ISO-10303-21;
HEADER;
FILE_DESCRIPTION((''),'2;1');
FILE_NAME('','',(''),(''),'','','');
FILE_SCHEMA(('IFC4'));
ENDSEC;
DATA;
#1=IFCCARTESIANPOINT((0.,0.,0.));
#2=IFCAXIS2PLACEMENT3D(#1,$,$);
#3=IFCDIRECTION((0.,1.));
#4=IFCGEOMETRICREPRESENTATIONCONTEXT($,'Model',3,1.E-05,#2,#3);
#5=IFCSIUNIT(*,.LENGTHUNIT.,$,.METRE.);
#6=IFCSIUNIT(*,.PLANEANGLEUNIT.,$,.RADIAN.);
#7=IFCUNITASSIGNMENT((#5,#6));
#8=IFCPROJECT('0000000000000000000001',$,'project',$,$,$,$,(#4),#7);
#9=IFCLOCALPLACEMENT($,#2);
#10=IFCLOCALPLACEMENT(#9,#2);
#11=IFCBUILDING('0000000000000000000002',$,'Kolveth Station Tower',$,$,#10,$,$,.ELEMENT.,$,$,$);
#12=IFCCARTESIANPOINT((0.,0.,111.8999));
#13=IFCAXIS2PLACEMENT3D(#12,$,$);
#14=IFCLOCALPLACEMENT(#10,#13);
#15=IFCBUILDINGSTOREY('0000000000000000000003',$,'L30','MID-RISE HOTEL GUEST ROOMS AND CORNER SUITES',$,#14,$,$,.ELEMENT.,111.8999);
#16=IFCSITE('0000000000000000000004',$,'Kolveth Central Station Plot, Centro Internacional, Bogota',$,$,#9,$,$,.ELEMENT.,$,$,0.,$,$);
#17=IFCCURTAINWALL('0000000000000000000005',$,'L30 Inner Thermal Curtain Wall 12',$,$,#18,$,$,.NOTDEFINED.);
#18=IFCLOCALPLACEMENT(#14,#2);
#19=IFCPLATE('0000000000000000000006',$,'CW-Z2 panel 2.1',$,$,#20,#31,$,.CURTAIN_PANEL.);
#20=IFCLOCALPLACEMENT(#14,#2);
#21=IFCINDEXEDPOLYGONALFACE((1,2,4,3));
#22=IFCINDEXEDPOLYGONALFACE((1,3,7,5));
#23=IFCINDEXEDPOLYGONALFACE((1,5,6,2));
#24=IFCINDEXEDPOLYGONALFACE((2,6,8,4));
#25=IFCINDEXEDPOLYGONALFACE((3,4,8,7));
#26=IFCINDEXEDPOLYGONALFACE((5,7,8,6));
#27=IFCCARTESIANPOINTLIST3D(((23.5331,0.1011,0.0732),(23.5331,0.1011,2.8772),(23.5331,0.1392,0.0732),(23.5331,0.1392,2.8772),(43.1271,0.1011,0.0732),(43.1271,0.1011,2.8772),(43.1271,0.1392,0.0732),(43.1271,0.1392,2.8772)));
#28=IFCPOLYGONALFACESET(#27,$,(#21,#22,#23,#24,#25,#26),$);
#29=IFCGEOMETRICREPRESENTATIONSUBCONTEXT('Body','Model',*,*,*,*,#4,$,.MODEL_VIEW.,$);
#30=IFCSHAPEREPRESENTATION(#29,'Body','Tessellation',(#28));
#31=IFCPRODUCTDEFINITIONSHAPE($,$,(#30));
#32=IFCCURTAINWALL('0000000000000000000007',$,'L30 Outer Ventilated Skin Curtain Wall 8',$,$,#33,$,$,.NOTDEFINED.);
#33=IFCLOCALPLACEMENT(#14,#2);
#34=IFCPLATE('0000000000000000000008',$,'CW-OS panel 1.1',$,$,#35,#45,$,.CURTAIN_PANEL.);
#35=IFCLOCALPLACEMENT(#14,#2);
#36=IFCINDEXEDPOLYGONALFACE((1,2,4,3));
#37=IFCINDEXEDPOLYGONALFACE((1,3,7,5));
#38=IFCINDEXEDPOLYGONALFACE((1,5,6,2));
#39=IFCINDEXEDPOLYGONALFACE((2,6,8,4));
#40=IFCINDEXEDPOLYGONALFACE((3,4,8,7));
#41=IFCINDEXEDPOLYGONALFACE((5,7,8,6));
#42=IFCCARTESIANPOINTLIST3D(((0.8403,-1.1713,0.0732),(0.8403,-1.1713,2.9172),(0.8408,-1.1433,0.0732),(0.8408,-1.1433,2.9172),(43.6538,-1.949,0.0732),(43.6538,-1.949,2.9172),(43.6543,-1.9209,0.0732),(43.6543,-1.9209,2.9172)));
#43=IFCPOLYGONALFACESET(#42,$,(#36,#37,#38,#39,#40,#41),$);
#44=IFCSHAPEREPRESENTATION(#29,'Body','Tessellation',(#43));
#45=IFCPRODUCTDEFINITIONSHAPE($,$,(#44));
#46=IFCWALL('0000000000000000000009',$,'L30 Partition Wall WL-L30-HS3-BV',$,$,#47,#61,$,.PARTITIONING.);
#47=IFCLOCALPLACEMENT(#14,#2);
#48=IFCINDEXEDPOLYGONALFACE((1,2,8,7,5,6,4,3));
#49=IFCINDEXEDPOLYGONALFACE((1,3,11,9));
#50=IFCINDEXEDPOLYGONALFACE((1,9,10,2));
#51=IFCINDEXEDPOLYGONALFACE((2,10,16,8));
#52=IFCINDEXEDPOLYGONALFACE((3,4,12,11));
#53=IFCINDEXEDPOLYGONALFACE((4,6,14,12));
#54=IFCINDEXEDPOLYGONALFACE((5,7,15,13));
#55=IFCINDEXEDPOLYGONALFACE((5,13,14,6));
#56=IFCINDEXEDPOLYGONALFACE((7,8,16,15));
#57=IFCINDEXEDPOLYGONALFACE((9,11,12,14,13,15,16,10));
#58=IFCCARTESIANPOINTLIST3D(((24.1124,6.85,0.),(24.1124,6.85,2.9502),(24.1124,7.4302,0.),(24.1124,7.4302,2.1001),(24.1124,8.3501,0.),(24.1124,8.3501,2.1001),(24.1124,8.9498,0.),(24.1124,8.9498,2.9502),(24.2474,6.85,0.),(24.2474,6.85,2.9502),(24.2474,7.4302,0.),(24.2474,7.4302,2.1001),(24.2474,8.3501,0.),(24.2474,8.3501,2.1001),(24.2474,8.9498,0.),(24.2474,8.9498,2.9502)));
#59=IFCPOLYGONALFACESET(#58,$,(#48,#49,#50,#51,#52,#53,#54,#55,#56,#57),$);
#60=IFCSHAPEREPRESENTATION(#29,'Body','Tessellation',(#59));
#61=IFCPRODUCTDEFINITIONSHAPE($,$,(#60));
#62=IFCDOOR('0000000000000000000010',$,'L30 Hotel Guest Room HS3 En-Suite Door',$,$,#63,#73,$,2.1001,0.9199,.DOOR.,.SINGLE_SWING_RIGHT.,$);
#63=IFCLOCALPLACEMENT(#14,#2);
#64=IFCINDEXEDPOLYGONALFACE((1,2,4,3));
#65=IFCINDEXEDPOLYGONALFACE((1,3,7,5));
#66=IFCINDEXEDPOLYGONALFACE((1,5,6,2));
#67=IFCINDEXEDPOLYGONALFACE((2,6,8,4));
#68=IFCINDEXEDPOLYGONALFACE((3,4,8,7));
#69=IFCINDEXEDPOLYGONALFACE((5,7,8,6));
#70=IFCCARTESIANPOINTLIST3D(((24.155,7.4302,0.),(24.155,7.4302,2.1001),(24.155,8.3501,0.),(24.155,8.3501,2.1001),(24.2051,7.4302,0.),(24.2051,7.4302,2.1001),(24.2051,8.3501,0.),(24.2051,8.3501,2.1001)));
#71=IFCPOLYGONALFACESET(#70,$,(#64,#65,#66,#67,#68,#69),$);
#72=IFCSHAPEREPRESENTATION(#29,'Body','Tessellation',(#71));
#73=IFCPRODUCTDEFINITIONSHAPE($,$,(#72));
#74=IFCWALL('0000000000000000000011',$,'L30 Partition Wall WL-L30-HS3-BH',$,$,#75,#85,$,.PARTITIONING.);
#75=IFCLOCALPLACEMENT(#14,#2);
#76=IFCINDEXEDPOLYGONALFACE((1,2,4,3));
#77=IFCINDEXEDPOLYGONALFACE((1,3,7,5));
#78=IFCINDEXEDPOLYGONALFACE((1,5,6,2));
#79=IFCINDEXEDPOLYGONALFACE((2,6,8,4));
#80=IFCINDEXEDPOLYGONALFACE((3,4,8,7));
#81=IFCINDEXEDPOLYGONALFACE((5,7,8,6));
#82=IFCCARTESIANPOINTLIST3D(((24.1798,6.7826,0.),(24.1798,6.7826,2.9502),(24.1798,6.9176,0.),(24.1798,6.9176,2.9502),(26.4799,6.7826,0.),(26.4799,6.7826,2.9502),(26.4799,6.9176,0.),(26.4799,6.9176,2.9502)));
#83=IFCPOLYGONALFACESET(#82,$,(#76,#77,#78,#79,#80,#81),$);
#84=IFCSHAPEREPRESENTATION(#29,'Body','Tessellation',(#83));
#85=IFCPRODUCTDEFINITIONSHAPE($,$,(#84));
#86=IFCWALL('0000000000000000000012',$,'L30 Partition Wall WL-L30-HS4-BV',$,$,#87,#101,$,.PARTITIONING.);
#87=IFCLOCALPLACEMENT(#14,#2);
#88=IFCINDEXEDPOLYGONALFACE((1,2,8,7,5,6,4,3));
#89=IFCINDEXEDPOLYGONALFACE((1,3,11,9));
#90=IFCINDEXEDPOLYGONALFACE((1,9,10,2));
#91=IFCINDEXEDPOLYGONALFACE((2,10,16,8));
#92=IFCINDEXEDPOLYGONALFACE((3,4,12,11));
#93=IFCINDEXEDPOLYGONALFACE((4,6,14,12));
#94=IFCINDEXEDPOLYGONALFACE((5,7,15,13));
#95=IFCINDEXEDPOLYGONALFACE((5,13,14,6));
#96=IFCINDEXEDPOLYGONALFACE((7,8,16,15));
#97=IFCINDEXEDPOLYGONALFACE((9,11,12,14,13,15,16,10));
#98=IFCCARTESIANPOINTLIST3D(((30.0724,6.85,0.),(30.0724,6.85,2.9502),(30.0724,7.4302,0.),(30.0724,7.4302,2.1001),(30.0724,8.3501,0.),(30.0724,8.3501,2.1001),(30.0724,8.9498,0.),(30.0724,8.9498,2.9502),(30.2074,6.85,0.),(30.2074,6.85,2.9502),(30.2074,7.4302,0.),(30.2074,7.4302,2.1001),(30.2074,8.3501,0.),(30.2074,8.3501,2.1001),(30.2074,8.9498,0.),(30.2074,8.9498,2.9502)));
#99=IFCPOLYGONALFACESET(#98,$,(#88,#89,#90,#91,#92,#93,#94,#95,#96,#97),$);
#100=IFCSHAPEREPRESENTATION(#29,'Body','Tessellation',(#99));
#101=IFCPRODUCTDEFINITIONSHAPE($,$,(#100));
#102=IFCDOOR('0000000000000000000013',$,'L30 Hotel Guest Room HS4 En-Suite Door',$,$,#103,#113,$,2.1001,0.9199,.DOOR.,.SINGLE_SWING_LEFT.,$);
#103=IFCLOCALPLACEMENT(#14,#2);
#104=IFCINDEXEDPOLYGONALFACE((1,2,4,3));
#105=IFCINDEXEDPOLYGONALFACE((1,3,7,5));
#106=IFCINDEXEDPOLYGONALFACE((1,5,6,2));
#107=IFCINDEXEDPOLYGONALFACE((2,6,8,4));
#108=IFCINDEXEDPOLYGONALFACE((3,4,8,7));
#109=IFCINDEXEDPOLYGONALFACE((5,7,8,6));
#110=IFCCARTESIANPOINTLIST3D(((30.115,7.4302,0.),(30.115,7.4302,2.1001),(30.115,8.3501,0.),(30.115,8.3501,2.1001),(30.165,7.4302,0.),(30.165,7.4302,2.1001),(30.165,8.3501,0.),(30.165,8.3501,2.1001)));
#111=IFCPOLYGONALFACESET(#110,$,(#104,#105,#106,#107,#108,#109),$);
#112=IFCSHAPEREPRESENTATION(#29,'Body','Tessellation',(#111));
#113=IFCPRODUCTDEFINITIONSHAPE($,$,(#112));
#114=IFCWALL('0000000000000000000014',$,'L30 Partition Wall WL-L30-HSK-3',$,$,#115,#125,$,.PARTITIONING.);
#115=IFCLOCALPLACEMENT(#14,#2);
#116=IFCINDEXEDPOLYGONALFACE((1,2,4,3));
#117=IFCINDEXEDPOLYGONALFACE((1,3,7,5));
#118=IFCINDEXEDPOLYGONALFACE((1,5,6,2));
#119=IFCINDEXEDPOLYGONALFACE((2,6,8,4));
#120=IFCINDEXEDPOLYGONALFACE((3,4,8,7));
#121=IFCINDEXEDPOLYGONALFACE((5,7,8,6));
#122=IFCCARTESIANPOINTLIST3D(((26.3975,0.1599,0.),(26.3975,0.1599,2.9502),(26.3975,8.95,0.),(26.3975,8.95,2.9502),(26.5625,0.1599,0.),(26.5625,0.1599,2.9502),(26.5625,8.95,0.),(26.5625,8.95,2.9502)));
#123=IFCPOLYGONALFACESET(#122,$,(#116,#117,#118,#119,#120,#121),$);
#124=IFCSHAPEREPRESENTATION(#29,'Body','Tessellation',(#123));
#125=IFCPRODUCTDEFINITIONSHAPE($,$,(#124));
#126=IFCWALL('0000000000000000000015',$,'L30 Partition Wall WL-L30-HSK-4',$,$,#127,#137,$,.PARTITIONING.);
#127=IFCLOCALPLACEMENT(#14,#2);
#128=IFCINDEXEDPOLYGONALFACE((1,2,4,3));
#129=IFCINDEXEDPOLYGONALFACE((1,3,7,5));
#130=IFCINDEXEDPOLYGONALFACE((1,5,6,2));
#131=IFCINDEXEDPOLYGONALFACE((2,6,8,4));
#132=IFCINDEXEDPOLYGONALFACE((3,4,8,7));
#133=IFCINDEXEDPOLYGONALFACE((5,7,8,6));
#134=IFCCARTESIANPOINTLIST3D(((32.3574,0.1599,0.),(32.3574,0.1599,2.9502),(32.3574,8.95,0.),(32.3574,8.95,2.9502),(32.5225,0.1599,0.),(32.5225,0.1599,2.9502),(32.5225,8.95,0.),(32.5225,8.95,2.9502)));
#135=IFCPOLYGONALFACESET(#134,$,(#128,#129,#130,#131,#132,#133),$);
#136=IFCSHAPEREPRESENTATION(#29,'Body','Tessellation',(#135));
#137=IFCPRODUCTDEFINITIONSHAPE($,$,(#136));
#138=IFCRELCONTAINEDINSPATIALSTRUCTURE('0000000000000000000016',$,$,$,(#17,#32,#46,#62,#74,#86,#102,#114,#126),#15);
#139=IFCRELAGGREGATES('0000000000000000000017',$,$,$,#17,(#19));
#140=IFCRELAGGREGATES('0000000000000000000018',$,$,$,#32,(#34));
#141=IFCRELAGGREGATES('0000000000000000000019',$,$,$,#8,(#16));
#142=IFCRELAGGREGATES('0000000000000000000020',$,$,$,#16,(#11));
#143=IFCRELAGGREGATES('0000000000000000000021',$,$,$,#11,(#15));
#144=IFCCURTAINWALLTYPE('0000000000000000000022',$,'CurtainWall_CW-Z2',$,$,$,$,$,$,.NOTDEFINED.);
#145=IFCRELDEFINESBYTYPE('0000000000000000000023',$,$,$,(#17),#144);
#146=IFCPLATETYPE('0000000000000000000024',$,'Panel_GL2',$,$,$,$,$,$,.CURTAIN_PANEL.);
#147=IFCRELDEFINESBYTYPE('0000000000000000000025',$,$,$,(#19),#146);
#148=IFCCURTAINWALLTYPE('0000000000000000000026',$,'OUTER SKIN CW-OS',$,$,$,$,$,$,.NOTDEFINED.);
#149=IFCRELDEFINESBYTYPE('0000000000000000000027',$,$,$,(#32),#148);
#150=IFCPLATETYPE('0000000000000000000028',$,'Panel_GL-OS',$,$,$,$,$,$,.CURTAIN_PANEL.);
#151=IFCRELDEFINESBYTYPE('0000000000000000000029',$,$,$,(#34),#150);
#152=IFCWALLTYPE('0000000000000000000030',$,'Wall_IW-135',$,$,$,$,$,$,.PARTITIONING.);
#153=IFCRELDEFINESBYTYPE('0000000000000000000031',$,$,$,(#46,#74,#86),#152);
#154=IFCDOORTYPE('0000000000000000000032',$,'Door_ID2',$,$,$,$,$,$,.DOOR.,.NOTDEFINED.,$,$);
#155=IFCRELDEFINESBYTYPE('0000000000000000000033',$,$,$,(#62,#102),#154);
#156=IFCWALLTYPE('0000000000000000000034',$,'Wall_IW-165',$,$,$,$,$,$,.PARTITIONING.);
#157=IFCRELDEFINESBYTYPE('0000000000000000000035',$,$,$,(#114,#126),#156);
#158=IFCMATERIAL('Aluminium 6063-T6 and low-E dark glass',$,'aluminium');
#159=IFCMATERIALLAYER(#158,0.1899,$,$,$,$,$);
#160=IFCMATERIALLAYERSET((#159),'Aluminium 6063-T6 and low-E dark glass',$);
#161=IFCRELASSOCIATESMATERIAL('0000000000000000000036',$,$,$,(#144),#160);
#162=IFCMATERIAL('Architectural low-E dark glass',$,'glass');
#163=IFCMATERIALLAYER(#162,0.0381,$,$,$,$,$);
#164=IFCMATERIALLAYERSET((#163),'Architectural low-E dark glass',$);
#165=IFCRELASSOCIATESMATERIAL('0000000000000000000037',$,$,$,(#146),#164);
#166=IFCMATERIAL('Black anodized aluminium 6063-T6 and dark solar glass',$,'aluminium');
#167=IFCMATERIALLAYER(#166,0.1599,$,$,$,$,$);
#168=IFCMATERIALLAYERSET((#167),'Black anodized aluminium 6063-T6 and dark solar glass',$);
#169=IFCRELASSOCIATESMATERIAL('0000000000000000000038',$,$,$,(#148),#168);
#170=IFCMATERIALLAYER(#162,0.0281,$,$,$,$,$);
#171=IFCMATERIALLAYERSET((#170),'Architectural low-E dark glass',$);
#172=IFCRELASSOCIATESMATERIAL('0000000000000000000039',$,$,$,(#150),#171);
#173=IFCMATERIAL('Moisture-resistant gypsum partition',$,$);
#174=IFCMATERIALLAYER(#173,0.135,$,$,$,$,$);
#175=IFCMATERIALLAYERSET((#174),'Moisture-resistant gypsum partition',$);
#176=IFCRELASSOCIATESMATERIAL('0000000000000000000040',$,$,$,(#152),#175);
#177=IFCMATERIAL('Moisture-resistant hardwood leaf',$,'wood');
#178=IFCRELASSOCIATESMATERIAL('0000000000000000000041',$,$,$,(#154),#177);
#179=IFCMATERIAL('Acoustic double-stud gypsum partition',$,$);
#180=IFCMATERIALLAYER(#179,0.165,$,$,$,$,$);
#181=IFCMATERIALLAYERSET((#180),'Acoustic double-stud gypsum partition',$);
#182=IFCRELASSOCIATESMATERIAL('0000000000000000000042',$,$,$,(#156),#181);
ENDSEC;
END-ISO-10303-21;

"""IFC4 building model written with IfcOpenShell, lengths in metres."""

from ifc_helpers import new_model, si_unit, direction, frame, frame_2d, origin, origin_2d, place, context, subcontext, project, spatial, rectangle, extrude, source, transform, mapped, material, layer, layer_set, type_object, element, fill, aggregate, save


model = new_model("IFC4")

# Units and contexts
model_context = context("Model", 3, precision=1e-05, world=origin(), true_north=direction((0.0, 1.0)))
body_context = subcontext(model_context, "Body", "Model", "MODEL_VIEW")
ifc_project = project(units=[si_unit("LENGTHUNIT", "METRE"), si_unit("PLANEANGLEUNIT", "RADIAN")], contexts=[model_context])

# Site, building, storey
site_placement = place(None, origin())
site = spatial("IfcSite", under=ifc_project, at=site_placement, Name="Kolveth Central Station Plot, Centro Internacional, Bogota", CompositionType="ELEMENT", RefElevation=0.0)
building_placement = place(site_placement, origin())
building = spatial("IfcBuilding", under=site, at=building_placement, Name="Kolveth Station Tower", CompositionType="ELEMENT")
storey_placement = place(building_placement, frame((0.0, 0.0, 111.8999)))
storey = spatial("IfcBuildingStorey", under=building, at=storey_placement, Name="L30", Description="MID-RISE HOTEL GUEST ROOMS AND CORNER SUITES", CompositionType="ELEMENT", Elevation=111.8999)

# Curtain wall, plate
ifc_material_1 = material(Name="Aluminium 6063-T6 and low-E dark glass", Category="aluminium")
ifc_layer_1 = layer(ifc_material_1, 0.1899)
ifc_layer_set_1 = layer_set([ifc_layer_1], Name="Aluminium 6063-T6 and low-E dark glass")
curtain_wall_type_1 = type_object("IfcCurtainWallType", Name="CurtainWall_CW-Z2", PredefinedType="NOTDEFINED", material=ifc_layer_set_1)
curtain_wall_1_placement = place(storey_placement, origin())
curtain_wall_1 = element("IfcCurtainWall", 1, at=curtain_wall_1_placement, inside=storey, type_object=curtain_wall_type_1, Name="L30 Inner Thermal Curtain Wall 12", PredefinedType="NOTDEFINED")
ifc_material_2 = material(Name="Architectural low-E dark glass", Category="glass")
ifc_layer_2 = layer(ifc_material_2, 0.0381)
ifc_layer_set_2 = layer_set([ifc_layer_2], Name="Architectural low-E dark glass")
plate_type_1 = type_object("IfcPlateType", Name="Panel_GL2", PredefinedType="CURTAIN_PANEL", material=ifc_layer_set_2)
shared_shape_1 = source(origin(), body_context, "Body", "SweptSolid", [
    extrude(rectangle(XDim=19.594, YDim=0.0381, at=origin_2d()), origin(), (0.0, 0.0, 1.0), 2.804),
])
plate_1_placement = place(storey_placement, frame((33.3301, 0.1201, 0.0732), z_axis=(0.0, 0.0, 1.0), x_axis=(1.0, 0.0, 0.0)))
plate_1 = element("IfcPlate", 2, at=plate_1_placement, type_object=plate_type_1, Name="CW-Z2 panel 2.1", PredefinedType="CURTAIN_PANEL", context=body_context, shape_type="MappedRepresentation", body=[
    mapped(shared_shape_1, transform((0.0, 0.0, 0.0), x_axis=(1.0, 0.0, 0.0), y_axis=(0.0, 1.0, 0.0), z_axis=(0.0, 0.0, 1.0), scale=1.0)),
])
aggregate(curtain_wall_1, [plate_1])

# Curtain wall, plate
ifc_material_3 = material(Name="Black anodized aluminium 6063-T6 and dark solar glass", Category="aluminium")
ifc_layer_3 = layer(ifc_material_3, 0.1599)
ifc_layer_set_3 = layer_set([ifc_layer_3], Name="Black anodized aluminium 6063-T6 and dark solar glass")
curtain_wall_type_2 = type_object("IfcCurtainWallType", Name="OUTER SKIN CW-OS", PredefinedType="NOTDEFINED", material=ifc_layer_set_3)
curtain_wall_2_placement = place(storey_placement, origin())
curtain_wall_2 = element("IfcCurtainWall", 3, at=curtain_wall_2_placement, inside=storey, type_object=curtain_wall_type_2, Name="L30 Outer Ventilated Skin Curtain Wall 8", PredefinedType="NOTDEFINED")
ifc_layer_4 = layer(ifc_material_2, 0.0281)
ifc_layer_set_4 = layer_set([ifc_layer_4], Name="Architectural low-E dark glass")
plate_type_2 = type_object("IfcPlateType", Name="Panel_GL-OS", PredefinedType="CURTAIN_PANEL", material=ifc_layer_set_4)
shared_shape_2 = source(origin(), body_context, "Body", "SweptSolid", [
    extrude(rectangle(XDim=42.8206, YDim=0.0281, at=origin_2d()), origin(), (0.0, 0.0, 1.0), 2.844),
])
plate_2_placement = place(storey_placement, frame((22.2473, -1.5461, 0.0732), z_axis=(0.0, 0.0, 1.0), x_axis=(0.999835, -0.018161, 0.0)))
plate_2 = element("IfcPlate", 4, at=plate_2_placement, type_object=plate_type_2, Name="CW-OS panel 1.1", PredefinedType="CURTAIN_PANEL", context=body_context, shape_type="MappedRepresentation", body=[
    mapped(shared_shape_2, transform((0.0, 0.0, 0.0), x_axis=(1.0, 0.0, 0.0), y_axis=(0.0, 1.0, 0.0), z_axis=(0.0, 0.0, 1.0), scale=1.0)),
])
aggregate(curtain_wall_2, [plate_2])

# Wall, opening, door
ifc_material_4 = material(Name="Moisture-resistant gypsum partition")
ifc_layer_5 = layer(ifc_material_4, 0.135)
ifc_layer_set_5 = layer_set([ifc_layer_5], Name="Moisture-resistant gypsum partition")
wall_type_1 = type_object("IfcWallType", Name="Wall_IW-135", PredefinedType="PARTITIONING", material=ifc_layer_set_5)
wall_1_placement = place(storey_placement, frame((24.1799, 6.8501, 0.0), z_axis=(0.0, 0.0, 1.0), x_axis=(0.0, 1.0, 0.0)))
wall_1 = element("IfcWall", 5, at=wall_1_placement, inside=storey, type_object=wall_type_1, Name="L30 Partition Wall WL-L30-HS3-BV", PredefinedType="PARTITIONING", context=body_context, shape_type="SweptSolid", body=[
    extrude(rectangle(XDim=2.0999, YDim=0.135, at=frame_2d((1.0498, 0.0))), origin(), (0.0, 0.0, 1.0), 2.9502),
])
opening_1_placement = place(wall_1_placement, frame((0.5801, 0.0, 0.0)))
opening_1 = element("IfcOpeningElement", 6, at=opening_1_placement, cuts=wall_1, PredefinedType="OPENING", context=body_context, shape_type="SweptSolid", body=[
    extrude(rectangle(XDim=0.9199, YDim=2.1001, at=frame_2d((0.46, 1.05))), frame((0.0, 0.0774, 0.0), z_axis=(0.0, -1.0, 0.0), x_axis=(1.0, 0.0, 0.0)), (0.0, 0.0, 1.0), 0.155),
])
ifc_material_5 = material(Name="Moisture-resistant hardwood leaf", Category="wood")
door_type = type_object("IfcDoorType", Name="Door_ID2", OperationType="NOTDEFINED", PredefinedType="DOOR", material=ifc_material_5)
door_1_placement = place(opening_1_placement, origin())
door_1 = element("IfcDoor", 7, at=door_1_placement, inside=storey, type_object=door_type, Name="L30 Hotel Guest Room HS3 En-Suite Door", OperationType="SINGLE_SWING_RIGHT", OverallHeight=2.1001, OverallWidth=0.9199, PredefinedType="DOOR", context=body_context, shape_type="SweptSolid", body=[
    extrude(rectangle(XDim=0.9199, YDim=2.1001, at=frame_2d((0.46, 1.05))), frame((0.0, 0.0249, 0.0), z_axis=(0.0, -1.0, 0.0), x_axis=(1.0, 0.0, 0.0)), (0.0, 0.0, 1.0), 0.05),
])
fill(opening_1, door_1)

# Wall
wall_2_placement = place(storey_placement, frame((24.1799, 6.8501, 0.0), z_axis=(0.0, 0.0, 1.0), x_axis=(1.0, 0.0, 0.0)))
element("IfcWall", 8, at=wall_2_placement, inside=storey, type_object=wall_type_1, Name="L30 Partition Wall WL-L30-HS3-BH", PredefinedType="PARTITIONING", context=body_context, shape_type="SweptSolid", body=[
    extrude(rectangle(XDim=2.3, YDim=0.135, at=frame_2d((1.1499, 0.0))), origin(), (0.0, 0.0, 1.0), 2.9502),
])

# Wall, opening, door
wall_3_placement = place(storey_placement, frame((30.1399, 6.8501, 0.0), z_axis=(0.0, 0.0, 1.0), x_axis=(0.0, 1.0, 0.0)))
wall_3 = element("IfcWall", 9, at=wall_3_placement, inside=storey, type_object=wall_type_1, Name="L30 Partition Wall WL-L30-HS4-BV", PredefinedType="PARTITIONING", context=body_context, shape_type="SweptSolid", body=[
    extrude(rectangle(XDim=2.0999, YDim=0.135, at=frame_2d((1.0498, 0.0))), origin(), (0.0, 0.0, 1.0), 2.9502),
])
opening_2_placement = place(wall_3_placement, frame((0.5801, 0.0, 0.0)))
opening_2 = element("IfcOpeningElement", 10, at=opening_2_placement, cuts=wall_3, PredefinedType="OPENING", context=body_context, shape_type="SweptSolid", body=[
    extrude(rectangle(XDim=0.9199, YDim=2.1001, at=frame_2d((0.46, 1.05))), frame((0.0, 0.0774, 0.0), z_axis=(0.0, -1.0, 0.0), x_axis=(1.0, 0.0, 0.0)), (0.0, 0.0, 1.0), 0.155),
])
door_2_placement = place(opening_2_placement, origin())
door_2 = element("IfcDoor", 11, at=door_2_placement, inside=storey, type_object=door_type, Name="L30 Hotel Guest Room HS4 En-Suite Door", OperationType="SINGLE_SWING_LEFT", OverallHeight=2.1001, OverallWidth=0.9199, PredefinedType="DOOR", context=body_context, shape_type="SweptSolid", body=[
    extrude(rectangle(XDim=0.9199, YDim=2.1001, at=frame_2d((0.46, 1.05))), frame((0.0, 0.0249, 0.0), z_axis=(0.0, -1.0, 0.0), x_axis=(1.0, 0.0, 0.0)), (0.0, 0.0, 1.0), 0.05),
])
fill(opening_2, door_2)

# Walls
ifc_material_6 = material(Name="Acoustic double-stud gypsum partition")
ifc_layer_6 = layer(ifc_material_6, 0.165)
ifc_layer_set_6 = layer_set([ifc_layer_6], Name="Acoustic double-stud gypsum partition")
wall_type_2 = type_object("IfcWallType", Name="Wall_IW-165", PredefinedType="PARTITIONING", material=ifc_layer_set_6)
for number, where, z_axis, x_axis, name in (
    (12, (26.48, 0.1599, 0.0), (0.0, 0.0, 1.0), (0.0, 1.0, 0.0), "L30 Partition Wall WL-L30-HSK-3"),
    (13, (32.4399, 0.1599, 0.0), (0.0, 0.0, 1.0), (0.0, 1.0, 0.0), "L30 Partition Wall WL-L30-HSK-4"),
):
    element("IfcWall", number, at=place(storey_placement, frame(where, z_axis=z_axis, x_axis=x_axis)), inside=storey, type_object=wall_type_2, Name=name, PredefinedType="PARTITIONING", context=body_context, shape_type="SweptSolid", body=[
        extrude(rectangle(XDim=8.79, YDim=0.165, at=frame_2d((4.395, 0.0))), origin(), (0.0, 0.0, 1.0), 2.9502),
    ])

save(model, "model.ifc")
